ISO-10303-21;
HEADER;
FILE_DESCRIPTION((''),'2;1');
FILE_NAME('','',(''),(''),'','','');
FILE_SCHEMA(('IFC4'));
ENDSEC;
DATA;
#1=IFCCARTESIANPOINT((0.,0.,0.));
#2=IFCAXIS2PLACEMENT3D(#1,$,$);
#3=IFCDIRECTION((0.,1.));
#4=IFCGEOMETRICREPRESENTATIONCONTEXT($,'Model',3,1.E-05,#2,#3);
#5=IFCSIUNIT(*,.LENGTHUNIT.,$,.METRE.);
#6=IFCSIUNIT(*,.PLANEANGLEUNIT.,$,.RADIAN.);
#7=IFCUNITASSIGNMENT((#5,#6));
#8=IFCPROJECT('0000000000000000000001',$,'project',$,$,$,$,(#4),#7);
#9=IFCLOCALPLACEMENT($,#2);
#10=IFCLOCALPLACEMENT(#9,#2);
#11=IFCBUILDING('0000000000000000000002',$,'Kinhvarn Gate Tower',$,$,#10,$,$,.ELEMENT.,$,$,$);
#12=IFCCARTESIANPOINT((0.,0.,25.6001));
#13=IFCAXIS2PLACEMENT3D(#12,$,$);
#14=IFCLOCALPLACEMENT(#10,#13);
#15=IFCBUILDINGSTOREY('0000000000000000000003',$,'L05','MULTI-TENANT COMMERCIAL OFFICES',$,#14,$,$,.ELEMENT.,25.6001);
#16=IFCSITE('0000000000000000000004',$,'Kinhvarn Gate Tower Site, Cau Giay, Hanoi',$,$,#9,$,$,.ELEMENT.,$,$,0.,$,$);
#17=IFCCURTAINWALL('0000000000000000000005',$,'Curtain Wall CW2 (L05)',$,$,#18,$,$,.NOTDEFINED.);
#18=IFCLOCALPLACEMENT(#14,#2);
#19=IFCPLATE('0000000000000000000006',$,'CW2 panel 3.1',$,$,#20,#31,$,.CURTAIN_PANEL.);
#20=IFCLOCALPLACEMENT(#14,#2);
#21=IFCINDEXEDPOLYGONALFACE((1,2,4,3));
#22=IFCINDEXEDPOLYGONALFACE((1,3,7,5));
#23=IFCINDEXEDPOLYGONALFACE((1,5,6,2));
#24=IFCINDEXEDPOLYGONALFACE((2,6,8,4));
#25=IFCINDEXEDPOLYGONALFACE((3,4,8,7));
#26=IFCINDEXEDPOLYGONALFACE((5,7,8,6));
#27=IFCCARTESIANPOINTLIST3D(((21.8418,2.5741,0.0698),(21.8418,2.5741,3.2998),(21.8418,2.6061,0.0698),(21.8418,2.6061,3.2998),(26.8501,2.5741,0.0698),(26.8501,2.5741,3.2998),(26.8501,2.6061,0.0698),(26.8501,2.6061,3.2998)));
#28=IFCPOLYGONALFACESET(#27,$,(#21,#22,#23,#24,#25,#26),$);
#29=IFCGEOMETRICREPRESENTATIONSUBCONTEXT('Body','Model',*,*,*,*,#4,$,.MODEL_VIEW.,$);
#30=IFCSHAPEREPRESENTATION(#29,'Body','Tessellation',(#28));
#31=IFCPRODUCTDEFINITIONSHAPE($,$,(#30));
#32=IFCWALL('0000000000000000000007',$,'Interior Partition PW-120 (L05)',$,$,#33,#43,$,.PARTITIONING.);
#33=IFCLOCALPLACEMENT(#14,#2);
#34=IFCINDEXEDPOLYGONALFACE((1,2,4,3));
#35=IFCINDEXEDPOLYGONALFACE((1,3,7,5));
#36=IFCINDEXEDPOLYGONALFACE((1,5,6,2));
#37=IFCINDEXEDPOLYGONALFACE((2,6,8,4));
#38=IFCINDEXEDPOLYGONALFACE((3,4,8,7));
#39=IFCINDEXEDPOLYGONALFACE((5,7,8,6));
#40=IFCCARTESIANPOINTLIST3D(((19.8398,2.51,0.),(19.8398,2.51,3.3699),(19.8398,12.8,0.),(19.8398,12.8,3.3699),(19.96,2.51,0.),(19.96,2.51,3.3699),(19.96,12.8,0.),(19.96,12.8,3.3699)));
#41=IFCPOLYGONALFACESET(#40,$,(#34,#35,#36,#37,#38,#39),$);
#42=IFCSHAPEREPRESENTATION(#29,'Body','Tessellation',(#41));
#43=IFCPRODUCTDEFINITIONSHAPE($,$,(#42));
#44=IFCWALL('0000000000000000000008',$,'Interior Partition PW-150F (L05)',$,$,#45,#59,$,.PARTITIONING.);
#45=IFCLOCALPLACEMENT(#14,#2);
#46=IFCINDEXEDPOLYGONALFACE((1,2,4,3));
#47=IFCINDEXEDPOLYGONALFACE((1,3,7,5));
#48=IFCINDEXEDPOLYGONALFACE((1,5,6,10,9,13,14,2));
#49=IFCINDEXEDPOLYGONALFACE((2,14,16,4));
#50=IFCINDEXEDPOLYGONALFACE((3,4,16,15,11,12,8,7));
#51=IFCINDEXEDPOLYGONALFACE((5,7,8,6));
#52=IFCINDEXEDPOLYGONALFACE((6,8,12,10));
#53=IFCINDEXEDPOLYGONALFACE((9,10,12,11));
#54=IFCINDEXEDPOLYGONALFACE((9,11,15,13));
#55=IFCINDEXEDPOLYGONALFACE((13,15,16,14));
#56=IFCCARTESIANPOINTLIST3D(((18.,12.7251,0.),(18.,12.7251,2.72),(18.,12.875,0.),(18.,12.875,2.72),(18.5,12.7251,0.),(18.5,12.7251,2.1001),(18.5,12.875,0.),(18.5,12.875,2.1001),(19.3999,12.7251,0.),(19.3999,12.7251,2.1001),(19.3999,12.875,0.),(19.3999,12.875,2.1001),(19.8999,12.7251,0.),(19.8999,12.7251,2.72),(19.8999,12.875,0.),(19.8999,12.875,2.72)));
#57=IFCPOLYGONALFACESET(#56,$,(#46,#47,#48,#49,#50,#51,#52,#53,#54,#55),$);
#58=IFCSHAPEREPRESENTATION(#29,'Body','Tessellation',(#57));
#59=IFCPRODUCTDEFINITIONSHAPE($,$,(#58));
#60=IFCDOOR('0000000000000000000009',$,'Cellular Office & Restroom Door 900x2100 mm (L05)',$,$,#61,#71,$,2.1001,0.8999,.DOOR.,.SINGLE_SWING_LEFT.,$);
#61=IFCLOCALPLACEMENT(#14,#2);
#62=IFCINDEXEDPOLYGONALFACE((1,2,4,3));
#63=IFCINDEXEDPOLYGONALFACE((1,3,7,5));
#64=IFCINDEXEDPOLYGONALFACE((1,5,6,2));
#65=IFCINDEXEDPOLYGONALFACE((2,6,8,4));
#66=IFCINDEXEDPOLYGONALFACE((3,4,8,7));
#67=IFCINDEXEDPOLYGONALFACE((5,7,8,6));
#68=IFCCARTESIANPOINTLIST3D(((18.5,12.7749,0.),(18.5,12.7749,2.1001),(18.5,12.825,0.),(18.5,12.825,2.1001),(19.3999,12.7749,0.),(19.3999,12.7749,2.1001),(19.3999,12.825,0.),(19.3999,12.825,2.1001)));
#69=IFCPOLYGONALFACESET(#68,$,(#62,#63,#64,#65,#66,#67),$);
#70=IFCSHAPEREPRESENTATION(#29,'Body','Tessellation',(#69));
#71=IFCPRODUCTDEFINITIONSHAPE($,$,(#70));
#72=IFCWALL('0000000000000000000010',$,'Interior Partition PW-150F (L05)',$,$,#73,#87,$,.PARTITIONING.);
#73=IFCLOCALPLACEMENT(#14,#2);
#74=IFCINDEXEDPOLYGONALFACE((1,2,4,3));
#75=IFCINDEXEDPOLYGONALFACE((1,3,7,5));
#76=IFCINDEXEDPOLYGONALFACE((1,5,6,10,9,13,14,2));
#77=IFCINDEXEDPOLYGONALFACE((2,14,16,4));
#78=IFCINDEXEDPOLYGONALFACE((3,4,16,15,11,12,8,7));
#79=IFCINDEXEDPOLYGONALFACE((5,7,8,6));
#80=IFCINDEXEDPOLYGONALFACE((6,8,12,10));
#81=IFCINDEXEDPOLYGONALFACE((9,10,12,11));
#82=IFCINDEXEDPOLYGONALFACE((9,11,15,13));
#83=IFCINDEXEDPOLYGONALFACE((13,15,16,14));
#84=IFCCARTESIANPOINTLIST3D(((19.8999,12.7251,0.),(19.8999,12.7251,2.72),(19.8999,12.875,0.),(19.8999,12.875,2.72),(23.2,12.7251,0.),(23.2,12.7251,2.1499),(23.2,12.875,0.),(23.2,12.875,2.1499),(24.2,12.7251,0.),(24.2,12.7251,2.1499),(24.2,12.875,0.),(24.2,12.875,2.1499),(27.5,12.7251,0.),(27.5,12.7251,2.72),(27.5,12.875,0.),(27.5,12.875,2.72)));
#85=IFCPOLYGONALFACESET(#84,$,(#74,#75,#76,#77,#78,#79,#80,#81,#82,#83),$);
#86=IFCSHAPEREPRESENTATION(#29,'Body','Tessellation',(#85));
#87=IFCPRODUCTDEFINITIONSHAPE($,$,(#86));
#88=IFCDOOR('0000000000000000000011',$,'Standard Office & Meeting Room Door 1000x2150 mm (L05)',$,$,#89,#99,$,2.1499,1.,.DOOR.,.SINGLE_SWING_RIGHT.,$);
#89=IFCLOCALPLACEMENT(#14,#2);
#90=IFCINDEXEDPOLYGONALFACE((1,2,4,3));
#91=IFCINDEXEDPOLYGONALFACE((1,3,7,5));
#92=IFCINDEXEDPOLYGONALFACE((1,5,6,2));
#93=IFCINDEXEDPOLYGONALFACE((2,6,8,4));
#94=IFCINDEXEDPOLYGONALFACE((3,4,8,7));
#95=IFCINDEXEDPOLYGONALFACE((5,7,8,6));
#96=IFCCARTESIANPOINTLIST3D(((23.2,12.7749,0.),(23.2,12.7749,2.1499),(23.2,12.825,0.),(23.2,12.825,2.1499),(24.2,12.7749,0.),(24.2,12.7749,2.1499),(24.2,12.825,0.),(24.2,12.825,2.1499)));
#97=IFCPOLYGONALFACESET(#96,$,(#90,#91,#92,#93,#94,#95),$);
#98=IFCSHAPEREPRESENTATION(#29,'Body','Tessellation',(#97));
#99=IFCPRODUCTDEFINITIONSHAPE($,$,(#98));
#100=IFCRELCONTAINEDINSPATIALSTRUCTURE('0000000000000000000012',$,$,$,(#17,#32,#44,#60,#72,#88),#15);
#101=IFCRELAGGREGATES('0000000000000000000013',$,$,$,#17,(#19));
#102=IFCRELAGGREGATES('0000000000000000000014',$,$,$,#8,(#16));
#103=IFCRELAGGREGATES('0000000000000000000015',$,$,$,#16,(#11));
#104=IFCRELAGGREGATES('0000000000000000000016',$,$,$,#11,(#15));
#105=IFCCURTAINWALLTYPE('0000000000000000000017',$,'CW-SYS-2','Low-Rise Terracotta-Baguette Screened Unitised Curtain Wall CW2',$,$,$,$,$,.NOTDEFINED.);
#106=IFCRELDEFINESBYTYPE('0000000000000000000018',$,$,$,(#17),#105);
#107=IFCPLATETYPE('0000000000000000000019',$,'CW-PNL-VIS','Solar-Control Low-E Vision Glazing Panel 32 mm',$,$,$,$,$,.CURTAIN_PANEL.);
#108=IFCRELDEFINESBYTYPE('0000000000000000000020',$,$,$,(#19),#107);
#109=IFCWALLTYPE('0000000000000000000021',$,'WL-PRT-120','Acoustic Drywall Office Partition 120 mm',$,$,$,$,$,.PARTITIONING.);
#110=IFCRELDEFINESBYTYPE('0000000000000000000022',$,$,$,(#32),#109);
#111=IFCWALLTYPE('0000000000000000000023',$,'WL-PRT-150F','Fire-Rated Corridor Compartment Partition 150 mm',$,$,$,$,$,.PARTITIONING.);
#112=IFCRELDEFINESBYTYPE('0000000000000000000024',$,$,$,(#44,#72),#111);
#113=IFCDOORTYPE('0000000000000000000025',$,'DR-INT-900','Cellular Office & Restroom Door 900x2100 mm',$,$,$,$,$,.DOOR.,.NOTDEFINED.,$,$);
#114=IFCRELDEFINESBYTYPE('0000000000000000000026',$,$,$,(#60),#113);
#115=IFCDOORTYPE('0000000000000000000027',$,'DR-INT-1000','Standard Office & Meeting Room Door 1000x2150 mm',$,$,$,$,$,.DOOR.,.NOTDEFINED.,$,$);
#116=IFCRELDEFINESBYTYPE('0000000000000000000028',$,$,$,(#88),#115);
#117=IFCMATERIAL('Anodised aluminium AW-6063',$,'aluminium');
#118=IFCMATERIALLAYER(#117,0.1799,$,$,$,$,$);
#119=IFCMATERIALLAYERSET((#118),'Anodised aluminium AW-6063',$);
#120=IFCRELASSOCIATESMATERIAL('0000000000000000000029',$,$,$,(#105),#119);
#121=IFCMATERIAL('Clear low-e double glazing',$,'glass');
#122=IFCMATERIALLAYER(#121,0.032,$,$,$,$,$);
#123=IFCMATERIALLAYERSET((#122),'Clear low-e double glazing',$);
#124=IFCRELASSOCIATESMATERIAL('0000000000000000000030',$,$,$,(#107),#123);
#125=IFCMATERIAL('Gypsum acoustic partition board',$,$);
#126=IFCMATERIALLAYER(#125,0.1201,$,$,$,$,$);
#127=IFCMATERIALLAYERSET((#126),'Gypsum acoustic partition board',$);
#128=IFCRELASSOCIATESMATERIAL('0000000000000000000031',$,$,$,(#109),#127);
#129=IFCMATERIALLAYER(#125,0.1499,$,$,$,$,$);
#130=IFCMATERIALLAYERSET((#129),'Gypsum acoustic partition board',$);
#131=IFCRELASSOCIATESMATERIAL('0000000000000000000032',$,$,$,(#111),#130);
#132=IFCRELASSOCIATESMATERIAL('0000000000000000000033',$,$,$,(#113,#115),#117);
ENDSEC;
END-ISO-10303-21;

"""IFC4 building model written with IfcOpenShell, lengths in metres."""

from ifc_helpers import new_model, si_unit, direction, frame, frame_2d, origin, origin_2d, place, context, subcontext, project, spatial, rectangle, extrude, material, layer, layer_set, type_object, element, fill, aggregate, save


model = new_model("IFC4")

# Units and contexts
model_context = context("Model", 3, precision=1e-05, world=origin(), true_north=direction((0.0, 1.0)))
body_context = subcontext(model_context, "Body", "Model", "MODEL_VIEW")
ifc_project = project(units=[si_unit("LENGTHUNIT", "METRE"), si_unit("PLANEANGLEUNIT", "RADIAN")], contexts=[model_context])

# Site, building, storey
site_placement = place(None, origin())
site = spatial("IfcSite", under=ifc_project, at=site_placement, Name="Kinhvarn Gate Tower Site, Cau Giay, Hanoi", CompositionType="ELEMENT", RefElevation=0.0)
building_placement = place(site_placement, origin())
building = spatial("IfcBuilding", under=site, at=building_placement, Name="Kinhvarn Gate Tower", CompositionType="ELEMENT")
storey_placement = place(building_placement, frame((0.0, 0.0, 25.6001)))
storey = spatial("IfcBuildingStorey", under=building, at=storey_placement, Name="L05", Description="MULTI-TENANT COMMERCIAL OFFICES", CompositionType="ELEMENT", Elevation=25.6001)

# Curtain wall
ifc_material_1 = material(Name="Anodised aluminium AW-6063", Category="aluminium")
ifc_layer_1 = layer(ifc_material_1, 0.1799)
ifc_layer_set_1 = layer_set([ifc_layer_1], Name="Anodised aluminium AW-6063")
curtain_wall_type = type_object("IfcCurtainWallType", Name="CW-SYS-2", Description="Low-Rise Terracotta-Baguette Screened Unitised Curtain Wall CW2", PredefinedType="NOTDEFINED", material=ifc_layer_set_1)
curtain_wall_placement = place(storey_placement, origin())
curtain_wall = element("IfcCurtainWall", 1, at=curtain_wall_placement, inside=storey, type_object=curtain_wall_type, Name="Curtain Wall CW2 (L05)", PredefinedType="NOTDEFINED")

# Plate
ifc_material_2 = material(Name="Clear low-e double glazing", Category="glass")
ifc_layer_2 = layer(ifc_material_2, 0.032)
ifc_layer_set_2 = layer_set([ifc_layer_2], Name="Clear low-e double glazing")
plate_type = type_object("IfcPlateType", Name="CW-PNL-VIS", Description="Solar-Control Low-E Vision Glazing Panel 32 mm", PredefinedType="CURTAIN_PANEL", material=ifc_layer_set_2)
plate_1_placement = place(storey_placement, frame((24.3459, 2.5901, 0.0698), z_axis=(0.0, 0.0, 1.0), x_axis=(1.0, 0.0, 0.0)))
plate_1 = element("IfcPlate", 2, at=plate_1_placement, type_object=plate_type, Name="CW2 panel 3.1", PredefinedType="CURTAIN_PANEL", context=body_context, shape_type="SweptSolid", body=[
    extrude(rectangle(XDim=5.0083, YDim=0.032, at=origin_2d()), origin(), (0.0, 0.0, 1.0), 3.23),
])
aggregate(curtain_wall, [plate_1])

# Wall
ifc_material_3 = material(Name="Gypsum acoustic partition board")
ifc_layer_3 = layer(ifc_material_3, 0.1201)
ifc_layer_set_3 = layer_set([ifc_layer_3], Name="Gypsum acoustic partition board")
wall_type_1 = type_object("IfcWallType", Name="WL-PRT-120", Description="Acoustic Drywall Office Partition 120 mm", PredefinedType="PARTITIONING", material=ifc_layer_set_3)
wall_1_placement = place(storey_placement, frame((19.8999, 2.51, 0.0), z_axis=(0.0, 0.0, 1.0), x_axis=(0.0, 1.0, 0.0)))
element("IfcWall", 3, at=wall_1_placement, inside=storey, type_object=wall_type_1, Name="Interior Partition PW-120 (L05)", PredefinedType="PARTITIONING", context=body_context, shape_type="SweptSolid", body=[
    extrude(rectangle(XDim=10.29, YDim=0.1201, at=frame_2d((5.145, 0.0))), origin(), (0.0, 0.0, 1.0), 3.3699),
])

# Walls, openings, doors
ifc_layer_4 = layer(ifc_material_3, 0.1499)
ifc_layer_set_4 = layer_set([ifc_layer_4], Name="Gypsum acoustic partition board")
wall_type_2 = type_object("IfcWallType", Name="WL-PRT-150F", Description="Fire-Rated Corridor Compartment Partition 150 mm", PredefinedType="PARTITIONING", material=ifc_layer_set_4)
wall_2_placement = place(storey_placement, frame((18.0, 12.8, 0.0), z_axis=(0.0, 0.0, 1.0), x_axis=(1.0, 0.0, 0.0)))
wall_2 = element("IfcWall", 4, at=wall_2_placement, inside=storey, type_object=wall_type_2, Name="Interior Partition PW-150F (L05)", PredefinedType="PARTITIONING", context=body_context, shape_type="SweptSolid", body=[
    extrude(rectangle(XDim=1.8999, YDim=0.1499, at=frame_2d((0.95, 0.0))), origin(), (0.0, 0.0, 1.0), 2.72),
])
opening_1_placement = place(wall_2_placement, frame((0.5, 0.0, 0.0)))
opening_1 = element("IfcOpeningElement", 5, at=opening_1_placement, cuts=wall_2, PredefinedType="OPENING", context=body_context, shape_type="SweptSolid", body=[
    extrude(rectangle(XDim=0.8999, YDim=2.1001, at=frame_2d((0.45, 1.05))), frame((0.0, 0.085, 0.0), z_axis=(0.0, -1.0, 0.0), x_axis=(1.0, 0.0, 0.0)), (0.0, 0.0, 1.0), 0.1699),
])
door_type_1 = type_object("IfcDoorType", Name="DR-INT-900", Description="Cellular Office & Restroom Door 900x2100 mm", OperationType="NOTDEFINED", PredefinedType="DOOR", material=ifc_material_1)
door_1_placement = place(opening_1_placement, origin())
door_1 = element("IfcDoor", 6, at=door_1_placement, inside=storey, type_object=door_type_1, Name="Cellular Office & Restroom Door 900x2100 mm (L05)", OperationType="SINGLE_SWING_LEFT", OverallHeight=2.1001, OverallWidth=0.8999, PredefinedType="DOOR", context=body_context, shape_type="SweptSolid", body=[
    extrude(rectangle(XDim=0.8999, YDim=2.1001, at=frame_2d((0.45, 1.05))), frame((0.0, 0.0249, 0.0), z_axis=(0.0, -1.0, 0.0), x_axis=(1.0, 0.0, 0.0)), (0.0, 0.0, 1.0), 0.05),
])
fill(opening_1, door_1)
wall_3_placement = place(storey_placement, frame((19.8999, 12.8, 0.0), z_axis=(0.0, 0.0, 1.0), x_axis=(1.0, 0.0, 0.0)))
wall_3 = element("IfcWall", 7, at=wall_3_placement, inside=storey, type_object=wall_type_2, Name="Interior Partition PW-150F (L05)", PredefinedType="PARTITIONING", context=body_context, shape_type="SweptSolid", body=[
    extrude(rectangle(XDim=7.6001, YDim=0.1499, at=frame_2d((3.8, 0.0))), origin(), (0.0, 0.0, 1.0), 2.72),
])
opening_2_placement = place(wall_3_placement, frame((3.3, 0.0, 0.0)))
opening_2 = element("IfcOpeningElement", 8, at=opening_2_placement, cuts=wall_3, PredefinedType="OPENING", context=body_context, shape_type="SweptSolid", body=[
    extrude(rectangle(XDim=1.0, YDim=2.1499, at=frame_2d((0.5, 1.075))), frame((0.0, 0.085, 0.0), z_axis=(0.0, -1.0, 0.0), x_axis=(1.0, 0.0, 0.0)), (0.0, 0.0, 1.0), 0.1699),
])
door_type_2 = type_object("IfcDoorType", Name="DR-INT-1000", Description="Standard Office & Meeting Room Door 1000x2150 mm", OperationType="NOTDEFINED", PredefinedType="DOOR", material=ifc_material_1)
door_2_placement = place(opening_2_placement, origin())
door_2 = element("IfcDoor", 9, at=door_2_placement, inside=storey, type_object=door_type_2, Name="Standard Office & Meeting Room Door 1000x2150 mm (L05)", OperationType="SINGLE_SWING_RIGHT", OverallHeight=2.1499, OverallWidth=1.0, PredefinedType="DOOR", context=body_context, shape_type="SweptSolid", body=[
    extrude(rectangle(XDim=1.0, YDim=2.1499, at=frame_2d((0.5, 1.075))), frame((0.0, 0.0249, 0.0), z_axis=(0.0, -1.0, 0.0), x_axis=(1.0, 0.0, 0.0)), (0.0, 0.0, 1.0), 0.05),
])
fill(opening_2, door_2)

save(model, "model.ifc")
